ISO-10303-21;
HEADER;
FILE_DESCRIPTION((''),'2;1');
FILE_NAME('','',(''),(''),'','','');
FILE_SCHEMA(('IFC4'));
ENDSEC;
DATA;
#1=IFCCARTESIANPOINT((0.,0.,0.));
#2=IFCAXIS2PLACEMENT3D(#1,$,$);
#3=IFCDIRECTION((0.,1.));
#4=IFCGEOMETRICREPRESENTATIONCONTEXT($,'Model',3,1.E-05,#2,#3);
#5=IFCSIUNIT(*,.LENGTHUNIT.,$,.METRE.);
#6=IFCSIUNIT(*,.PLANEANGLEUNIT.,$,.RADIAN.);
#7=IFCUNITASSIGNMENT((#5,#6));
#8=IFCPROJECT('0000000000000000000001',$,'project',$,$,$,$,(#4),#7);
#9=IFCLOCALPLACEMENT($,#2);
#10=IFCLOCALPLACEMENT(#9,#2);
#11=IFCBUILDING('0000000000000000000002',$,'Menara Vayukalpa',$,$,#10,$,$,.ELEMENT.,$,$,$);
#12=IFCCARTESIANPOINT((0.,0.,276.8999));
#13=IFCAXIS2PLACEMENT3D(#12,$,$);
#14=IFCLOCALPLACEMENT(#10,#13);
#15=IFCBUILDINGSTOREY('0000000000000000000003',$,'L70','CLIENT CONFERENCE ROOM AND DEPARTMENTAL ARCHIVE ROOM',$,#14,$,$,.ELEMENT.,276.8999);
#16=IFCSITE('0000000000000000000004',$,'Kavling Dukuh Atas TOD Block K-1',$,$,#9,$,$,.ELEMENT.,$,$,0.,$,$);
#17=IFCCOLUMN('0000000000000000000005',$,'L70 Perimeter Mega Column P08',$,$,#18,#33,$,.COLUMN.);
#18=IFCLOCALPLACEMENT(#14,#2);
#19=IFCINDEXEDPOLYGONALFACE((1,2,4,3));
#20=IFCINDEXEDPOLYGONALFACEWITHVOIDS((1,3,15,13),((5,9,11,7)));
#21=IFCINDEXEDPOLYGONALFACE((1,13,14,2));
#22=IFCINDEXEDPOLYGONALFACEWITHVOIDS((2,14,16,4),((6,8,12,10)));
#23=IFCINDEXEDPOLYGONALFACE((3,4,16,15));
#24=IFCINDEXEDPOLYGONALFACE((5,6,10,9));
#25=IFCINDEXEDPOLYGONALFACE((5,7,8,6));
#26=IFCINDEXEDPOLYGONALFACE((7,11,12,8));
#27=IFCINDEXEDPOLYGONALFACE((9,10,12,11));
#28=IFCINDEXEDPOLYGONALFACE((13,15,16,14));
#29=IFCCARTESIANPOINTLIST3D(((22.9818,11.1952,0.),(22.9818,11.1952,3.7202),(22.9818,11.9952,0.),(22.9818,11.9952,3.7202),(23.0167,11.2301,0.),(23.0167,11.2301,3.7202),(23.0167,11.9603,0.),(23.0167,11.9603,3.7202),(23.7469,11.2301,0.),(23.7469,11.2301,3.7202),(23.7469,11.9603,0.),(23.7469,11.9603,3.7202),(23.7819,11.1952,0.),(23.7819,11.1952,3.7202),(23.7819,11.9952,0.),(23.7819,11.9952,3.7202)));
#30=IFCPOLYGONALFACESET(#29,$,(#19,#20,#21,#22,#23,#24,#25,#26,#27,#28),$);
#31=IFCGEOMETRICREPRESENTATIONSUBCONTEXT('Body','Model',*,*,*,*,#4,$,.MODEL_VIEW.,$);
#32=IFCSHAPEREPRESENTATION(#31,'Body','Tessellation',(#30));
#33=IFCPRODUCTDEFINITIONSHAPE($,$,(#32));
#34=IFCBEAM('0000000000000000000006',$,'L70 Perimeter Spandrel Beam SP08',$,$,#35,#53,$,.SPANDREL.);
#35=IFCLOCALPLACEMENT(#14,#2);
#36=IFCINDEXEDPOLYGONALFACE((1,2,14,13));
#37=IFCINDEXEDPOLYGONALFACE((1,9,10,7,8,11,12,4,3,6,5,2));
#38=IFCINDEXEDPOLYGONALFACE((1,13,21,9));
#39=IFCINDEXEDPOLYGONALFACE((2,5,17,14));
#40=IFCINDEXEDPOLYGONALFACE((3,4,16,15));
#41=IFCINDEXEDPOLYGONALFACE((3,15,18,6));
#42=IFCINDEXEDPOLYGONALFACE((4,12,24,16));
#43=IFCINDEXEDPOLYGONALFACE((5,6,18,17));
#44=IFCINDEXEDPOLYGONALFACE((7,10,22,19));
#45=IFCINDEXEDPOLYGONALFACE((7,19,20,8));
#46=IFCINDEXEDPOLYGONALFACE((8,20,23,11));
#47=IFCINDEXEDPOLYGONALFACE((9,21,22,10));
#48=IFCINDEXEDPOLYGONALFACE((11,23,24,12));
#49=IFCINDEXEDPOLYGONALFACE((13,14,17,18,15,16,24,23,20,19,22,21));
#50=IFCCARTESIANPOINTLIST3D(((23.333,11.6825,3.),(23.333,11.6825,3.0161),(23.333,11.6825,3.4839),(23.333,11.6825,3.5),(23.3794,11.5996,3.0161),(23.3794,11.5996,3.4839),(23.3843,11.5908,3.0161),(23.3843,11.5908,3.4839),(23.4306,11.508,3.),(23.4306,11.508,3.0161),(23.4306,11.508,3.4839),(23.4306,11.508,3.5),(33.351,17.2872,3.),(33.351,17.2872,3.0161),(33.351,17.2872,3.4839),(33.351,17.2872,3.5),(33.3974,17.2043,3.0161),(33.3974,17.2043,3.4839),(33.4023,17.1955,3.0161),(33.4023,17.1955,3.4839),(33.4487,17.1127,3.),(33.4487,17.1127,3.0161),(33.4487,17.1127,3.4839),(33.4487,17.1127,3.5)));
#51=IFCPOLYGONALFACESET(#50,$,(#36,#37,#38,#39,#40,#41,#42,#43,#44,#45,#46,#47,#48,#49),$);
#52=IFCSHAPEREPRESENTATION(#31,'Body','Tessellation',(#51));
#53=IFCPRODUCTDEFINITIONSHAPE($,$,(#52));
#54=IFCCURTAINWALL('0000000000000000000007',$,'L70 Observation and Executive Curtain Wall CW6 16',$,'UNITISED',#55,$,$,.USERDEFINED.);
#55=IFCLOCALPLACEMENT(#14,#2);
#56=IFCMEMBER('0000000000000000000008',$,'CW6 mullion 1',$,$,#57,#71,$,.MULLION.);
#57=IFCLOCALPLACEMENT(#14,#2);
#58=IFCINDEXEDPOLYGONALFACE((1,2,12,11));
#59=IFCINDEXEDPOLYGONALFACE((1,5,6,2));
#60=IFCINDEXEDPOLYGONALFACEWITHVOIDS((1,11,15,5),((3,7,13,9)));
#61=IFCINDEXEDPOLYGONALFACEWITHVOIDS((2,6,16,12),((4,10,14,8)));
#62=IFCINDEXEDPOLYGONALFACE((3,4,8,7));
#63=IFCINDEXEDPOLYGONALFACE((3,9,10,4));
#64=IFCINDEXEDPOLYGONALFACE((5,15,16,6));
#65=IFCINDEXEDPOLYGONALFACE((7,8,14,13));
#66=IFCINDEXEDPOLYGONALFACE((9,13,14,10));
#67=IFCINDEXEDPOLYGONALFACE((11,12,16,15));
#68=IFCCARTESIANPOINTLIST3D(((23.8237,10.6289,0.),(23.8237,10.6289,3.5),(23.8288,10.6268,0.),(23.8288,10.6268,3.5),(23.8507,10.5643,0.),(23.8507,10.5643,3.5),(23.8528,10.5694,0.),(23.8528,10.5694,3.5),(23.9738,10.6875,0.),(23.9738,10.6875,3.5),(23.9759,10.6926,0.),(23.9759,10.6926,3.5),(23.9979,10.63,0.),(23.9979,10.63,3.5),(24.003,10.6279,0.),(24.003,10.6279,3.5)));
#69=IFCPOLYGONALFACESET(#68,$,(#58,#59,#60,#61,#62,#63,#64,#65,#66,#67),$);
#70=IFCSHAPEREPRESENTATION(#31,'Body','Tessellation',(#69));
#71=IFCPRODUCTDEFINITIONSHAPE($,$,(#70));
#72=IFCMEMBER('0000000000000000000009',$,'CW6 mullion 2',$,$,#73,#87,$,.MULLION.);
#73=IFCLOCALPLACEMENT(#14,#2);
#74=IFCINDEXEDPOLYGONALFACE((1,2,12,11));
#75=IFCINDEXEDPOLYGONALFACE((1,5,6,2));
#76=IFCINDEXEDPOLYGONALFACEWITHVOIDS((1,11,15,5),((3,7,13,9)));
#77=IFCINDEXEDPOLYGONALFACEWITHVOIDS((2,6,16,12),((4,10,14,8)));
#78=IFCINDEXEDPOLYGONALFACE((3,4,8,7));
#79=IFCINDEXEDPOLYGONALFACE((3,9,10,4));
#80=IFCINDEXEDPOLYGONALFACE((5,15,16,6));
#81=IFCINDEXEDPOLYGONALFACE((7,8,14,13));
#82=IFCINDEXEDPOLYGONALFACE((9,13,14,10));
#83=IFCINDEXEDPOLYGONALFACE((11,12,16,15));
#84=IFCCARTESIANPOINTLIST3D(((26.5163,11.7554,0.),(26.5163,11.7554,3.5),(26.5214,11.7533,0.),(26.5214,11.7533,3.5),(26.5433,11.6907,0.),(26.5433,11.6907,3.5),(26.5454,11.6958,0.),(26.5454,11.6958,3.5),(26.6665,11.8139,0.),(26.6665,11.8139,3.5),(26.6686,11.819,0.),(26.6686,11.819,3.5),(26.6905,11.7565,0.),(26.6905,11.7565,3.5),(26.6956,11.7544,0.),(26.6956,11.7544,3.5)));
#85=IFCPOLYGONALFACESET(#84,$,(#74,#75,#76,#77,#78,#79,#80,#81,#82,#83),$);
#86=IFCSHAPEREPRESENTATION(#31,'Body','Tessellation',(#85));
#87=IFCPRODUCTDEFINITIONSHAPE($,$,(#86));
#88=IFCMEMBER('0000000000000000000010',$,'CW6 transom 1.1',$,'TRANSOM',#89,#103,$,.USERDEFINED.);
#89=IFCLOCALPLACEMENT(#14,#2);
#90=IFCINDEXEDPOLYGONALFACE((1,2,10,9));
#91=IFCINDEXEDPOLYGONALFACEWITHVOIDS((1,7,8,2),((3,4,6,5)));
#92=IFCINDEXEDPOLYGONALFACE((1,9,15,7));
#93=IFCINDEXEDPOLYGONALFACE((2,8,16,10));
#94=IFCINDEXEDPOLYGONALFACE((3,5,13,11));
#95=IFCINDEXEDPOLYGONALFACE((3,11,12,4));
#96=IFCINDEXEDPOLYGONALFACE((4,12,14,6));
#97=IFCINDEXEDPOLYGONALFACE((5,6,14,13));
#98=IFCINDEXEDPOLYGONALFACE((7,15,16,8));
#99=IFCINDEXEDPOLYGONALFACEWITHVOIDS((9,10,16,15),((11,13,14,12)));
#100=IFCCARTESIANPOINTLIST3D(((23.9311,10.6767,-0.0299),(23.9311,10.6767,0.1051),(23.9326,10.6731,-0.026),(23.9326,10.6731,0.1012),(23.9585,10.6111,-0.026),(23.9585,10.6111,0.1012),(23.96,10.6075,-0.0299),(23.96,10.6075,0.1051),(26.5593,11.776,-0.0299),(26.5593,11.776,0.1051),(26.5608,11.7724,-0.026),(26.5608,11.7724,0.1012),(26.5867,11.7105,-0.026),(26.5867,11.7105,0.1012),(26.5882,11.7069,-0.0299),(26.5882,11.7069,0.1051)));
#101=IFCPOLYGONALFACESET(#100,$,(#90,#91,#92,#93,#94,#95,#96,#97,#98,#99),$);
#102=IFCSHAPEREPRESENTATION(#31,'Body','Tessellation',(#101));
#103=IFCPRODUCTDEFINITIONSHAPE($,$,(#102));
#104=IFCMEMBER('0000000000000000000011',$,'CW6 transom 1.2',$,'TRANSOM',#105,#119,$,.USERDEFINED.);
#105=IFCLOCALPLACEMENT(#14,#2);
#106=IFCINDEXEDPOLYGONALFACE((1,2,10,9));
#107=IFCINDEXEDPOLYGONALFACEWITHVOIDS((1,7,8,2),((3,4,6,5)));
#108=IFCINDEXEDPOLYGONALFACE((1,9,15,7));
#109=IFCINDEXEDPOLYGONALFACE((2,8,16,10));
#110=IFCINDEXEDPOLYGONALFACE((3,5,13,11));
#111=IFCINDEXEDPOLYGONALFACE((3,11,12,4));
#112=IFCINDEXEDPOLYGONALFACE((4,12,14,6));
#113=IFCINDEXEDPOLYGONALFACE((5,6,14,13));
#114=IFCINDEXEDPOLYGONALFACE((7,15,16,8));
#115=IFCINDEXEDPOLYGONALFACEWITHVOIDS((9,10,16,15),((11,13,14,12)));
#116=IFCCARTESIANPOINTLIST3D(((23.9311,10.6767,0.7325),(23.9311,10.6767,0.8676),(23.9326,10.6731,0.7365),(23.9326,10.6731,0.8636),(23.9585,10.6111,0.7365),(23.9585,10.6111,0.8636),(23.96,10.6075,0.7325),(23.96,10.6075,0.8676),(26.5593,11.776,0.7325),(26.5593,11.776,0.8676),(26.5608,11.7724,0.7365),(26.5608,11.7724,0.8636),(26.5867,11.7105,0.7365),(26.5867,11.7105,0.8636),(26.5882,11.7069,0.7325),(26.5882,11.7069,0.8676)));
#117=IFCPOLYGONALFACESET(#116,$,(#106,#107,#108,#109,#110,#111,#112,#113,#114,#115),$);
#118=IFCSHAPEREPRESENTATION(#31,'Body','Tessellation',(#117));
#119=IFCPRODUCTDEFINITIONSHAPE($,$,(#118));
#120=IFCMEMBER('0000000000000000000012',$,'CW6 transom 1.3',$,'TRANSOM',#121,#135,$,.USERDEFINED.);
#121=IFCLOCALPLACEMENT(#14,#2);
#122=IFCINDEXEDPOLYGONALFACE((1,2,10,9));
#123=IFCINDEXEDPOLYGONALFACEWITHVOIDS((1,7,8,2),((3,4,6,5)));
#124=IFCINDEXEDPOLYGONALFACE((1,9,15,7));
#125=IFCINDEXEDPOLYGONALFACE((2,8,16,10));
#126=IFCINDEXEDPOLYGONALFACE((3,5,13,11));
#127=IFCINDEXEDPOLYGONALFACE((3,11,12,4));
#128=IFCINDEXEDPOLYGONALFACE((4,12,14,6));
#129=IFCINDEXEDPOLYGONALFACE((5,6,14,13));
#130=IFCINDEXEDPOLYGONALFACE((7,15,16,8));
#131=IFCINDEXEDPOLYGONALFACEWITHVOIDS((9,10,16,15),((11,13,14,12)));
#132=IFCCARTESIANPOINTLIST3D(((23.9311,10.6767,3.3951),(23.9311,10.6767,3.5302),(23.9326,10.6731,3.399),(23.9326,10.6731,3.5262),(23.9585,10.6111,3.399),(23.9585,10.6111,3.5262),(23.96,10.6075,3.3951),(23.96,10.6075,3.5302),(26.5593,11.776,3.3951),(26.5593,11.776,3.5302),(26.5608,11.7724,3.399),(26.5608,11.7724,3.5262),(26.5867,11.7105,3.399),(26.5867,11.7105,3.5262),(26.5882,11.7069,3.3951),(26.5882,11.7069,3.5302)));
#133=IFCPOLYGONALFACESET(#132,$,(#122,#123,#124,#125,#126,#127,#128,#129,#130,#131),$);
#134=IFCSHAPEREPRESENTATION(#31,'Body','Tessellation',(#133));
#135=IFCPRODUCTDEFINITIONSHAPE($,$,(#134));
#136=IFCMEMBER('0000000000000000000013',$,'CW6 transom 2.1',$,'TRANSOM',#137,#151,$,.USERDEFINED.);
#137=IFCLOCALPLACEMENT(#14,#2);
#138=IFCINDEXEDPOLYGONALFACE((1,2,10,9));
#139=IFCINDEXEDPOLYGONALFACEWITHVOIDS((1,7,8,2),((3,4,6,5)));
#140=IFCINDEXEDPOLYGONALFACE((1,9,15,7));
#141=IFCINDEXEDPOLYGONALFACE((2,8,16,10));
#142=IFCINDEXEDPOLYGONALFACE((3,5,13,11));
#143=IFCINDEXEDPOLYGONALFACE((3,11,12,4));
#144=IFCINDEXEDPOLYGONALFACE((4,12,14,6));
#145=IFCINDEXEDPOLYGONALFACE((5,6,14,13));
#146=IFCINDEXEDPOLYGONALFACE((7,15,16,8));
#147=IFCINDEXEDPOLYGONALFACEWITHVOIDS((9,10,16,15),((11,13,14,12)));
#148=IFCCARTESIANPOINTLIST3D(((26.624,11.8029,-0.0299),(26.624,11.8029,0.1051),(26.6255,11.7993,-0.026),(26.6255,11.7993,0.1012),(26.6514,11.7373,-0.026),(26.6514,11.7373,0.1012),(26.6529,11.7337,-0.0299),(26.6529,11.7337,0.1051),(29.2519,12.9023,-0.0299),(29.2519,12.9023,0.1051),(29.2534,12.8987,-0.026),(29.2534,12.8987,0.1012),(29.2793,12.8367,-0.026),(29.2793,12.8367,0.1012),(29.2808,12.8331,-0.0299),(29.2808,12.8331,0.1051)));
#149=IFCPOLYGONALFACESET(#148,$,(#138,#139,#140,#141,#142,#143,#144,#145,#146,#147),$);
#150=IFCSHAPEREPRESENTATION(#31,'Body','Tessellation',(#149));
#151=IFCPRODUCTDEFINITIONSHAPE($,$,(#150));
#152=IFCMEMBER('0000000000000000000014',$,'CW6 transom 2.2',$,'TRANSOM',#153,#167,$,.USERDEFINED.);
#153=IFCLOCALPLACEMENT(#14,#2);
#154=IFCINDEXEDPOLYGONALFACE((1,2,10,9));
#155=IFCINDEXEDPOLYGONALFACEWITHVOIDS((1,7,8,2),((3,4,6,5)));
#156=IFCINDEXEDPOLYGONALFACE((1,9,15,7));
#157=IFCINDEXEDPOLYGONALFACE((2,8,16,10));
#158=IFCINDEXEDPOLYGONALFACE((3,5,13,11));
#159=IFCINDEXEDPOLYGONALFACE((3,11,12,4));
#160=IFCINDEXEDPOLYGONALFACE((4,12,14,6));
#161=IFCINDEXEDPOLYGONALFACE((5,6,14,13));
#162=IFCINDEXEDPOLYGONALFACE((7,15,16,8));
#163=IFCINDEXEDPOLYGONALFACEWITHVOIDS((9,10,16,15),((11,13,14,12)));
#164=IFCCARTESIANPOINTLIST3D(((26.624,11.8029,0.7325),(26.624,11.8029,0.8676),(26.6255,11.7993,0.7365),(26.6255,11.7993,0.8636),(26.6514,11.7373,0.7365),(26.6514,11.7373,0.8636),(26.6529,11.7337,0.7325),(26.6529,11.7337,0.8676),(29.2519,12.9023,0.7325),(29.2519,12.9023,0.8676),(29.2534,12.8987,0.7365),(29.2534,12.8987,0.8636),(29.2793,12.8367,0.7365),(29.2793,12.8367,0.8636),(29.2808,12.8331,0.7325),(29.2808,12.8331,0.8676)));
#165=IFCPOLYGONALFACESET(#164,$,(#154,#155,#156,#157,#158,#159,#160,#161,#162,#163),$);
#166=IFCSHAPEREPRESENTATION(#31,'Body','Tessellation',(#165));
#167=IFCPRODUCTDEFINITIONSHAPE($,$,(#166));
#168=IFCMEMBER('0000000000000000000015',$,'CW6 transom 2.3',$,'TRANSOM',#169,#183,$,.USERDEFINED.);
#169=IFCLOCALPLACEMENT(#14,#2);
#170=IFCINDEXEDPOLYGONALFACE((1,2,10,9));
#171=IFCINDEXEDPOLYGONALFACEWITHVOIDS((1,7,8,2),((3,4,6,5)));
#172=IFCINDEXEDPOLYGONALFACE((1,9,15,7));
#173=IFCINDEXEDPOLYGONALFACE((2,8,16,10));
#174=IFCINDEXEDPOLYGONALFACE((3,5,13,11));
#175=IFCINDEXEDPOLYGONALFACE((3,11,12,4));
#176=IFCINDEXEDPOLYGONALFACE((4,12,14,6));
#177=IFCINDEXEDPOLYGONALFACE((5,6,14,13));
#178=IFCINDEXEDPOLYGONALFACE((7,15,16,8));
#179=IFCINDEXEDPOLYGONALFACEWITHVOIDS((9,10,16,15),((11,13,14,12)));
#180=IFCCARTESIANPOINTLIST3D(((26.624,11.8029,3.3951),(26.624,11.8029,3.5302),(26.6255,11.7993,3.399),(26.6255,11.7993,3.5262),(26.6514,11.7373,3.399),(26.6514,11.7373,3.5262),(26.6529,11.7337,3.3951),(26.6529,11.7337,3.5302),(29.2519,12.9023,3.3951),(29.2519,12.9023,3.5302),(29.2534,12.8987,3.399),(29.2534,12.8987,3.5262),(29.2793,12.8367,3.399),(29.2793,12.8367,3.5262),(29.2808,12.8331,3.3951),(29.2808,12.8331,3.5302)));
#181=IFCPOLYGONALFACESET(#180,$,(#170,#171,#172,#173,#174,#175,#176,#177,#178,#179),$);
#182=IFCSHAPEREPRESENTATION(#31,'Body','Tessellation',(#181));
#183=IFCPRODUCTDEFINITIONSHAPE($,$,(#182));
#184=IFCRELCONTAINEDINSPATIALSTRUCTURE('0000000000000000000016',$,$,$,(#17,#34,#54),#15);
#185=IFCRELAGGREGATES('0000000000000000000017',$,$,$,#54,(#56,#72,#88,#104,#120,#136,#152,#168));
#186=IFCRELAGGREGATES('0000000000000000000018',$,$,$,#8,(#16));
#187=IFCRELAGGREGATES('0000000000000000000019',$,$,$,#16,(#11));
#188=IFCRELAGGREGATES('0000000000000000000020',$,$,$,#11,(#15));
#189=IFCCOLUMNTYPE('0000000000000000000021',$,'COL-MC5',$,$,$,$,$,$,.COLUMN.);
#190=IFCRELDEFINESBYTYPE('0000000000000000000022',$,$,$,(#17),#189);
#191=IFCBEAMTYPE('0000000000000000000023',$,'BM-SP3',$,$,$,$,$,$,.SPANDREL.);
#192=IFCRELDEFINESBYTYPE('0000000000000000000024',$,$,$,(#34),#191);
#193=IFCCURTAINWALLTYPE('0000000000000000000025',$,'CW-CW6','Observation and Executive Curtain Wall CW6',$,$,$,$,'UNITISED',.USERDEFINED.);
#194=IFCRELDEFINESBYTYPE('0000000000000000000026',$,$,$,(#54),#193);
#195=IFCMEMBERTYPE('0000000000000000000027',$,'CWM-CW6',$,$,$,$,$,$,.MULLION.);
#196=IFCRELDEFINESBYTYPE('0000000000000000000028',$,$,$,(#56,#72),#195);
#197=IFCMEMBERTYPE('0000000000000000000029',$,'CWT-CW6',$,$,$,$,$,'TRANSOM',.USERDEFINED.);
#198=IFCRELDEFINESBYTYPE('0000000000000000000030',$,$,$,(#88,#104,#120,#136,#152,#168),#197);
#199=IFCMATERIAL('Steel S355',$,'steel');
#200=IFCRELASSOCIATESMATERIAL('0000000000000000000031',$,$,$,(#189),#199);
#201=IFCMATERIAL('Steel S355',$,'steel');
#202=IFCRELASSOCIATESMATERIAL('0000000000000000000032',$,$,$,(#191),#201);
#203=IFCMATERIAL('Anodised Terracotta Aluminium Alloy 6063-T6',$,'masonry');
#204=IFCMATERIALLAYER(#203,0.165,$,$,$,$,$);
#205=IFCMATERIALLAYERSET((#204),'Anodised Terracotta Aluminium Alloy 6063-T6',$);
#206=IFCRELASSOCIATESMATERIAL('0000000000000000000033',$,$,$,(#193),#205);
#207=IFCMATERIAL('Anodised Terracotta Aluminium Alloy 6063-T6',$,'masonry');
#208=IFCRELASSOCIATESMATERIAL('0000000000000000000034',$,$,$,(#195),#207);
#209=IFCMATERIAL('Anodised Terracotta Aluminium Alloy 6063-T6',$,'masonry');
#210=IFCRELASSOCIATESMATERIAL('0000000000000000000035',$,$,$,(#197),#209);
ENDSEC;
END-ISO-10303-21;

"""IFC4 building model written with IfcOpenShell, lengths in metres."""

from ifc_helpers import new_model, si_unit, direction, frame, origin, origin_2d, place, context, subcontext, project, spatial, hollow_rectangle, i_section, extrude, material, layer, layer_set, material_profile, profile_set, type_object, element, aggregate, save


model = new_model("IFC4")

# Units and contexts
model_context = context("Model", 3, precision=1e-05, world=origin(), true_north=direction((0.0, 1.0)))
body_context = subcontext(model_context, "Body", "Model", "MODEL_VIEW")
ifc_project = project(units=[si_unit("LENGTHUNIT", "METRE"), si_unit("PLANEANGLEUNIT", "RADIAN")], contexts=[model_context])

# Site, building, storey
site_placement = place(None, origin())
site = spatial("IfcSite", under=ifc_project, at=site_placement, Name="Kavling Dukuh Atas TOD Block K-1", CompositionType="ELEMENT", RefElevation=0.0)
building_placement = place(site_placement, origin())
building = spatial("IfcBuilding", under=site, at=building_placement, Name="Menara Vayukalpa", CompositionType="ELEMENT")
storey_placement = place(building_placement, frame((0.0, 0.0, 276.8999)))
storey = spatial("IfcBuildingStorey", under=building, at=storey_placement, Name="L70", Description="CLIENT CONFERENCE ROOM AND DEPARTMENTAL ARCHIVE ROOM", CompositionType="ELEMENT", Elevation=276.8999)

# Column
ifc_material_1 = material(Name="Steel S355", Category="steel")
ifc_material_profile_1 = material_profile(ifc_material_1, hollow_rectangle(XDim=0.8, YDim=0.8, WallThickness=0.0349, at=origin_2d()), Name="BOX 800x800x35")
ifc_profile_set_1 = profile_set([ifc_material_profile_1], Name="Steel S355")
column_type = type_object("IfcColumnType", Name="COL-MC5", PredefinedType="COLUMN", material=ifc_profile_set_1)
column_placement = place(storey_placement, frame((23.3818, 11.5952, 0.0), z_axis=(0.0, 0.0, 1.0), x_axis=(1.0, 0.0, 0.0)))
element("IfcColumn", 1, at=column_placement, inside=storey, type_object=column_type, Name="L70 Perimeter Mega Column P08", PredefinedType="COLUMN", context=body_context, shape_type="SweptSolid", body=[
    extrude(hollow_rectangle(XDim=0.8, YDim=0.8, WallThickness=0.0349, at=origin_2d()), origin(), (0.0, 0.0, 1.0), 3.7202),
])

# Beam
ifc_material_2 = material(Name="Steel S355", Category="steel")
ifc_material_profile_2 = material_profile(ifc_material_2, i_section(OverallWidth=0.2, OverallDepth=0.5, WebThickness=0.01, FlangeThickness=0.0161, at=origin_2d()), Name="WF 500x200x10x16")
ifc_profile_set_2 = profile_set([ifc_material_profile_2], Name="Steel S355")
beam_type = type_object("IfcBeamType", Name="BM-SP3", PredefinedType="SPANDREL", material=ifc_profile_set_2)
beam_placement = place(storey_placement, frame((23.3818, 11.5952, 3.25), z_axis=(0.872706, 0.488246, 0.0), x_axis=(-0.488246, 0.872706, 0.0)))
element("IfcBeam", 2, at=beam_placement, inside=storey, type_object=beam_type, Name="L70 Perimeter Spandrel Beam SP08", PredefinedType="SPANDREL", context=body_context, shape_type="SweptSolid", body=[
    extrude(i_section(OverallWidth=0.2, OverallDepth=0.5, WebThickness=0.01, FlangeThickness=0.0161, at=origin_2d()), origin(), (0.0, 0.0, 1.0), 11.4792),
])

# Curtain wall, members
ifc_material_3 = material(Name="Anodised Terracotta Aluminium Alloy 6063-T6", Category="masonry")
ifc_layer_1 = layer(ifc_material_3, 0.165)
ifc_layer_set_1 = layer_set([ifc_layer_1], Name="Anodised Terracotta Aluminium Alloy 6063-T6")
curtain_wall_type = type_object("IfcCurtainWallType", Name="CW-CW6", Description="Observation and Executive Curtain Wall CW6", ElementType="UNITISED", PredefinedType="USERDEFINED", material=ifc_layer_set_1)
curtain_wall_placement = place(storey_placement, origin())
curtain_wall = element("IfcCurtainWall", 3, at=curtain_wall_placement, inside=storey, type_object=curtain_wall_type, Name="L70 Observation and Executive Curtain Wall CW6 16", ObjectType="UNITISED", PredefinedType="USERDEFINED")
ifc_material_4 = material(Name="Anodised Terracotta Aluminium Alloy 6063-T6", Category="masonry")
ifc_material_profile_3 = material_profile(ifc_material_4, hollow_rectangle(XDim=0.0701, YDim=0.165, WallThickness=0.0039, at=origin_2d()), Name="ALU 70x165x4")
ifc_profile_set_3 = profile_set([ifc_material_profile_3], Name="Anodised Terracotta Aluminium Alloy 6063-T6")
member_type_1 = type_object("IfcMemberType", Name="CWM-CW6", PredefinedType="MULLION", material=ifc_profile_set_3)
member_1_placement = place(storey_placement, frame((23.9133, 10.6284, 0.0), z_axis=(0.0, 0.0, 1.0), x_axis=(-0.3859, 0.922541, 0.0)))
member_1 = element("IfcMember", 4, at=member_1_placement, type_object=member_type_1, Name="CW6 mullion 1", PredefinedType="MULLION", context=body_context, shape_type="SweptSolid", body=[
    extrude(hollow_rectangle(XDim=0.0701, YDim=0.165, WallThickness=0.0039, at=origin_2d()), origin(), (0.0, 0.0, 1.0), 3.5),
])
member_2_placement = place(storey_placement, frame((26.606, 11.7549, 0.0), z_axis=(0.0, 0.0, 1.0), x_axis=(-0.3859, 0.922541, 0.0)))
member_2 = element("IfcMember", 5, at=member_2_placement, type_object=member_type_1, Name="CW6 mullion 2", PredefinedType="MULLION", context=body_context, shape_type="SweptSolid", body=[
    extrude(hollow_rectangle(XDim=0.0701, YDim=0.165, WallThickness=0.0039, at=origin_2d()), origin(), (0.0, 0.0, 1.0), 3.5),
])
ifc_material_5 = material(Name="Anodised Terracotta Aluminium Alloy 6063-T6", Category="masonry")
ifc_material_profile_4 = material_profile(ifc_material_5, hollow_rectangle(XDim=0.075, YDim=0.135, WallThickness=0.0039, at=origin_2d()), Name="ALU 75x135x4")
ifc_profile_set_4 = profile_set([ifc_material_profile_4], Name="Anodised Terracotta Aluminium Alloy 6063-T6")
member_type_2 = type_object("IfcMemberType", Name="CWT-CW6", ElementType="TRANSOM", PredefinedType="USERDEFINED", material=ifc_profile_set_4)
member_3_placement = place(storey_placement, frame((23.9456, 10.6421, 0.0376), z_axis=(0.922541, 0.385899, 0.0), x_axis=(-0.385899, 0.922541, 0.0)))
member_3 = element("IfcMember", 6, at=member_3_placement, type_object=member_type_2, Name="CW6 transom 1.1", ObjectType="TRANSOM", PredefinedType="USERDEFINED", context=body_context, shape_type="SweptSolid", body=[
    extrude(hollow_rectangle(XDim=0.075, YDim=0.135, WallThickness=0.0039, at=origin_2d()), origin(), (0.0, 0.0, 1.0), 2.8489),
])
member_4_placement = place(storey_placement, frame((23.9456, 10.6421, 0.8), z_axis=(0.922541, 0.385899, 0.0), x_axis=(-0.385899, 0.922541, 0.0)))
member_4 = element("IfcMember", 7, at=member_4_placement, type_object=member_type_2, Name="CW6 transom 1.2", ObjectType="TRANSOM", PredefinedType="USERDEFINED", context=body_context, shape_type="SweptSolid", body=[
    extrude(hollow_rectangle(XDim=0.075, YDim=0.135, WallThickness=0.0039, at=origin_2d()), origin(), (0.0, 0.0, 1.0), 2.8489),
])
member_5_placement = place(storey_placement, frame((23.9456, 10.6421, 3.4626), z_axis=(0.922541, 0.385899, 0.0), x_axis=(-0.385899, 0.922541, 0.0)))
member_5 = element("IfcMember", 8, at=member_5_placement, type_object=member_type_2, Name="CW6 transom 1.3", ObjectType="TRANSOM", PredefinedType="USERDEFINED", context=body_context, shape_type="SweptSolid", body=[
    extrude(hollow_rectangle(XDim=0.075, YDim=0.135, WallThickness=0.0039, at=origin_2d()), origin(), (0.0, 0.0, 1.0), 2.8489),
])
member_6_placement = place(storey_placement, frame((26.6384, 11.7683, 0.0376), z_axis=(0.922528, 0.385929, 0.0), x_axis=(-0.385929, 0.922528, 0.0)))
member_6 = element("IfcMember", 9, at=member_6_placement, type_object=member_type_2, Name="CW6 transom 2.1", ObjectType="TRANSOM", PredefinedType="USERDEFINED", context=body_context, shape_type="SweptSolid", body=[
    extrude(hollow_rectangle(XDim=0.075, YDim=0.135, WallThickness=0.0039, at=origin_2d()), origin(), (0.0, 0.0, 1.0), 2.8486),
])
member_7_placement = place(storey_placement, frame((26.6384, 11.7683, 0.8), z_axis=(0.922528, 0.385929, 0.0), x_axis=(-0.385929, 0.922528, 0.0)))
member_7 = element("IfcMember", 10, at=member_7_placement, type_object=member_type_2, Name="CW6 transom 2.2", ObjectType="TRANSOM", PredefinedType="USERDEFINED", context=body_context, shape_type="SweptSolid", body=[
    extrude(hollow_rectangle(XDim=0.075, YDim=0.135, WallThickness=0.0039, at=origin_2d()), origin(), (0.0, 0.0, 1.0), 2.8486),
])
member_8_placement = place(storey_placement, frame((26.6384, 11.7683, 3.4626), z_axis=(0.922528, 0.385929, 0.0), x_axis=(-0.385929, 0.922528, 0.0)))
member_8 = element("IfcMember", 11, at=member_8_placement, type_object=member_type_2, Name="CW6 transom 2.3", ObjectType="TRANSOM", PredefinedType="USERDEFINED", context=body_context, shape_type="SweptSolid", body=[
    extrude(hollow_rectangle(XDim=0.075, YDim=0.135, WallThickness=0.0039, at=origin_2d()), origin(), (0.0, 0.0, 1.0), 2.8486),
])
aggregate(curtain_wall, [member_1, member_2, member_3, member_4, member_5, member_6, member_7, member_8])

save(model, "model.ifc")
